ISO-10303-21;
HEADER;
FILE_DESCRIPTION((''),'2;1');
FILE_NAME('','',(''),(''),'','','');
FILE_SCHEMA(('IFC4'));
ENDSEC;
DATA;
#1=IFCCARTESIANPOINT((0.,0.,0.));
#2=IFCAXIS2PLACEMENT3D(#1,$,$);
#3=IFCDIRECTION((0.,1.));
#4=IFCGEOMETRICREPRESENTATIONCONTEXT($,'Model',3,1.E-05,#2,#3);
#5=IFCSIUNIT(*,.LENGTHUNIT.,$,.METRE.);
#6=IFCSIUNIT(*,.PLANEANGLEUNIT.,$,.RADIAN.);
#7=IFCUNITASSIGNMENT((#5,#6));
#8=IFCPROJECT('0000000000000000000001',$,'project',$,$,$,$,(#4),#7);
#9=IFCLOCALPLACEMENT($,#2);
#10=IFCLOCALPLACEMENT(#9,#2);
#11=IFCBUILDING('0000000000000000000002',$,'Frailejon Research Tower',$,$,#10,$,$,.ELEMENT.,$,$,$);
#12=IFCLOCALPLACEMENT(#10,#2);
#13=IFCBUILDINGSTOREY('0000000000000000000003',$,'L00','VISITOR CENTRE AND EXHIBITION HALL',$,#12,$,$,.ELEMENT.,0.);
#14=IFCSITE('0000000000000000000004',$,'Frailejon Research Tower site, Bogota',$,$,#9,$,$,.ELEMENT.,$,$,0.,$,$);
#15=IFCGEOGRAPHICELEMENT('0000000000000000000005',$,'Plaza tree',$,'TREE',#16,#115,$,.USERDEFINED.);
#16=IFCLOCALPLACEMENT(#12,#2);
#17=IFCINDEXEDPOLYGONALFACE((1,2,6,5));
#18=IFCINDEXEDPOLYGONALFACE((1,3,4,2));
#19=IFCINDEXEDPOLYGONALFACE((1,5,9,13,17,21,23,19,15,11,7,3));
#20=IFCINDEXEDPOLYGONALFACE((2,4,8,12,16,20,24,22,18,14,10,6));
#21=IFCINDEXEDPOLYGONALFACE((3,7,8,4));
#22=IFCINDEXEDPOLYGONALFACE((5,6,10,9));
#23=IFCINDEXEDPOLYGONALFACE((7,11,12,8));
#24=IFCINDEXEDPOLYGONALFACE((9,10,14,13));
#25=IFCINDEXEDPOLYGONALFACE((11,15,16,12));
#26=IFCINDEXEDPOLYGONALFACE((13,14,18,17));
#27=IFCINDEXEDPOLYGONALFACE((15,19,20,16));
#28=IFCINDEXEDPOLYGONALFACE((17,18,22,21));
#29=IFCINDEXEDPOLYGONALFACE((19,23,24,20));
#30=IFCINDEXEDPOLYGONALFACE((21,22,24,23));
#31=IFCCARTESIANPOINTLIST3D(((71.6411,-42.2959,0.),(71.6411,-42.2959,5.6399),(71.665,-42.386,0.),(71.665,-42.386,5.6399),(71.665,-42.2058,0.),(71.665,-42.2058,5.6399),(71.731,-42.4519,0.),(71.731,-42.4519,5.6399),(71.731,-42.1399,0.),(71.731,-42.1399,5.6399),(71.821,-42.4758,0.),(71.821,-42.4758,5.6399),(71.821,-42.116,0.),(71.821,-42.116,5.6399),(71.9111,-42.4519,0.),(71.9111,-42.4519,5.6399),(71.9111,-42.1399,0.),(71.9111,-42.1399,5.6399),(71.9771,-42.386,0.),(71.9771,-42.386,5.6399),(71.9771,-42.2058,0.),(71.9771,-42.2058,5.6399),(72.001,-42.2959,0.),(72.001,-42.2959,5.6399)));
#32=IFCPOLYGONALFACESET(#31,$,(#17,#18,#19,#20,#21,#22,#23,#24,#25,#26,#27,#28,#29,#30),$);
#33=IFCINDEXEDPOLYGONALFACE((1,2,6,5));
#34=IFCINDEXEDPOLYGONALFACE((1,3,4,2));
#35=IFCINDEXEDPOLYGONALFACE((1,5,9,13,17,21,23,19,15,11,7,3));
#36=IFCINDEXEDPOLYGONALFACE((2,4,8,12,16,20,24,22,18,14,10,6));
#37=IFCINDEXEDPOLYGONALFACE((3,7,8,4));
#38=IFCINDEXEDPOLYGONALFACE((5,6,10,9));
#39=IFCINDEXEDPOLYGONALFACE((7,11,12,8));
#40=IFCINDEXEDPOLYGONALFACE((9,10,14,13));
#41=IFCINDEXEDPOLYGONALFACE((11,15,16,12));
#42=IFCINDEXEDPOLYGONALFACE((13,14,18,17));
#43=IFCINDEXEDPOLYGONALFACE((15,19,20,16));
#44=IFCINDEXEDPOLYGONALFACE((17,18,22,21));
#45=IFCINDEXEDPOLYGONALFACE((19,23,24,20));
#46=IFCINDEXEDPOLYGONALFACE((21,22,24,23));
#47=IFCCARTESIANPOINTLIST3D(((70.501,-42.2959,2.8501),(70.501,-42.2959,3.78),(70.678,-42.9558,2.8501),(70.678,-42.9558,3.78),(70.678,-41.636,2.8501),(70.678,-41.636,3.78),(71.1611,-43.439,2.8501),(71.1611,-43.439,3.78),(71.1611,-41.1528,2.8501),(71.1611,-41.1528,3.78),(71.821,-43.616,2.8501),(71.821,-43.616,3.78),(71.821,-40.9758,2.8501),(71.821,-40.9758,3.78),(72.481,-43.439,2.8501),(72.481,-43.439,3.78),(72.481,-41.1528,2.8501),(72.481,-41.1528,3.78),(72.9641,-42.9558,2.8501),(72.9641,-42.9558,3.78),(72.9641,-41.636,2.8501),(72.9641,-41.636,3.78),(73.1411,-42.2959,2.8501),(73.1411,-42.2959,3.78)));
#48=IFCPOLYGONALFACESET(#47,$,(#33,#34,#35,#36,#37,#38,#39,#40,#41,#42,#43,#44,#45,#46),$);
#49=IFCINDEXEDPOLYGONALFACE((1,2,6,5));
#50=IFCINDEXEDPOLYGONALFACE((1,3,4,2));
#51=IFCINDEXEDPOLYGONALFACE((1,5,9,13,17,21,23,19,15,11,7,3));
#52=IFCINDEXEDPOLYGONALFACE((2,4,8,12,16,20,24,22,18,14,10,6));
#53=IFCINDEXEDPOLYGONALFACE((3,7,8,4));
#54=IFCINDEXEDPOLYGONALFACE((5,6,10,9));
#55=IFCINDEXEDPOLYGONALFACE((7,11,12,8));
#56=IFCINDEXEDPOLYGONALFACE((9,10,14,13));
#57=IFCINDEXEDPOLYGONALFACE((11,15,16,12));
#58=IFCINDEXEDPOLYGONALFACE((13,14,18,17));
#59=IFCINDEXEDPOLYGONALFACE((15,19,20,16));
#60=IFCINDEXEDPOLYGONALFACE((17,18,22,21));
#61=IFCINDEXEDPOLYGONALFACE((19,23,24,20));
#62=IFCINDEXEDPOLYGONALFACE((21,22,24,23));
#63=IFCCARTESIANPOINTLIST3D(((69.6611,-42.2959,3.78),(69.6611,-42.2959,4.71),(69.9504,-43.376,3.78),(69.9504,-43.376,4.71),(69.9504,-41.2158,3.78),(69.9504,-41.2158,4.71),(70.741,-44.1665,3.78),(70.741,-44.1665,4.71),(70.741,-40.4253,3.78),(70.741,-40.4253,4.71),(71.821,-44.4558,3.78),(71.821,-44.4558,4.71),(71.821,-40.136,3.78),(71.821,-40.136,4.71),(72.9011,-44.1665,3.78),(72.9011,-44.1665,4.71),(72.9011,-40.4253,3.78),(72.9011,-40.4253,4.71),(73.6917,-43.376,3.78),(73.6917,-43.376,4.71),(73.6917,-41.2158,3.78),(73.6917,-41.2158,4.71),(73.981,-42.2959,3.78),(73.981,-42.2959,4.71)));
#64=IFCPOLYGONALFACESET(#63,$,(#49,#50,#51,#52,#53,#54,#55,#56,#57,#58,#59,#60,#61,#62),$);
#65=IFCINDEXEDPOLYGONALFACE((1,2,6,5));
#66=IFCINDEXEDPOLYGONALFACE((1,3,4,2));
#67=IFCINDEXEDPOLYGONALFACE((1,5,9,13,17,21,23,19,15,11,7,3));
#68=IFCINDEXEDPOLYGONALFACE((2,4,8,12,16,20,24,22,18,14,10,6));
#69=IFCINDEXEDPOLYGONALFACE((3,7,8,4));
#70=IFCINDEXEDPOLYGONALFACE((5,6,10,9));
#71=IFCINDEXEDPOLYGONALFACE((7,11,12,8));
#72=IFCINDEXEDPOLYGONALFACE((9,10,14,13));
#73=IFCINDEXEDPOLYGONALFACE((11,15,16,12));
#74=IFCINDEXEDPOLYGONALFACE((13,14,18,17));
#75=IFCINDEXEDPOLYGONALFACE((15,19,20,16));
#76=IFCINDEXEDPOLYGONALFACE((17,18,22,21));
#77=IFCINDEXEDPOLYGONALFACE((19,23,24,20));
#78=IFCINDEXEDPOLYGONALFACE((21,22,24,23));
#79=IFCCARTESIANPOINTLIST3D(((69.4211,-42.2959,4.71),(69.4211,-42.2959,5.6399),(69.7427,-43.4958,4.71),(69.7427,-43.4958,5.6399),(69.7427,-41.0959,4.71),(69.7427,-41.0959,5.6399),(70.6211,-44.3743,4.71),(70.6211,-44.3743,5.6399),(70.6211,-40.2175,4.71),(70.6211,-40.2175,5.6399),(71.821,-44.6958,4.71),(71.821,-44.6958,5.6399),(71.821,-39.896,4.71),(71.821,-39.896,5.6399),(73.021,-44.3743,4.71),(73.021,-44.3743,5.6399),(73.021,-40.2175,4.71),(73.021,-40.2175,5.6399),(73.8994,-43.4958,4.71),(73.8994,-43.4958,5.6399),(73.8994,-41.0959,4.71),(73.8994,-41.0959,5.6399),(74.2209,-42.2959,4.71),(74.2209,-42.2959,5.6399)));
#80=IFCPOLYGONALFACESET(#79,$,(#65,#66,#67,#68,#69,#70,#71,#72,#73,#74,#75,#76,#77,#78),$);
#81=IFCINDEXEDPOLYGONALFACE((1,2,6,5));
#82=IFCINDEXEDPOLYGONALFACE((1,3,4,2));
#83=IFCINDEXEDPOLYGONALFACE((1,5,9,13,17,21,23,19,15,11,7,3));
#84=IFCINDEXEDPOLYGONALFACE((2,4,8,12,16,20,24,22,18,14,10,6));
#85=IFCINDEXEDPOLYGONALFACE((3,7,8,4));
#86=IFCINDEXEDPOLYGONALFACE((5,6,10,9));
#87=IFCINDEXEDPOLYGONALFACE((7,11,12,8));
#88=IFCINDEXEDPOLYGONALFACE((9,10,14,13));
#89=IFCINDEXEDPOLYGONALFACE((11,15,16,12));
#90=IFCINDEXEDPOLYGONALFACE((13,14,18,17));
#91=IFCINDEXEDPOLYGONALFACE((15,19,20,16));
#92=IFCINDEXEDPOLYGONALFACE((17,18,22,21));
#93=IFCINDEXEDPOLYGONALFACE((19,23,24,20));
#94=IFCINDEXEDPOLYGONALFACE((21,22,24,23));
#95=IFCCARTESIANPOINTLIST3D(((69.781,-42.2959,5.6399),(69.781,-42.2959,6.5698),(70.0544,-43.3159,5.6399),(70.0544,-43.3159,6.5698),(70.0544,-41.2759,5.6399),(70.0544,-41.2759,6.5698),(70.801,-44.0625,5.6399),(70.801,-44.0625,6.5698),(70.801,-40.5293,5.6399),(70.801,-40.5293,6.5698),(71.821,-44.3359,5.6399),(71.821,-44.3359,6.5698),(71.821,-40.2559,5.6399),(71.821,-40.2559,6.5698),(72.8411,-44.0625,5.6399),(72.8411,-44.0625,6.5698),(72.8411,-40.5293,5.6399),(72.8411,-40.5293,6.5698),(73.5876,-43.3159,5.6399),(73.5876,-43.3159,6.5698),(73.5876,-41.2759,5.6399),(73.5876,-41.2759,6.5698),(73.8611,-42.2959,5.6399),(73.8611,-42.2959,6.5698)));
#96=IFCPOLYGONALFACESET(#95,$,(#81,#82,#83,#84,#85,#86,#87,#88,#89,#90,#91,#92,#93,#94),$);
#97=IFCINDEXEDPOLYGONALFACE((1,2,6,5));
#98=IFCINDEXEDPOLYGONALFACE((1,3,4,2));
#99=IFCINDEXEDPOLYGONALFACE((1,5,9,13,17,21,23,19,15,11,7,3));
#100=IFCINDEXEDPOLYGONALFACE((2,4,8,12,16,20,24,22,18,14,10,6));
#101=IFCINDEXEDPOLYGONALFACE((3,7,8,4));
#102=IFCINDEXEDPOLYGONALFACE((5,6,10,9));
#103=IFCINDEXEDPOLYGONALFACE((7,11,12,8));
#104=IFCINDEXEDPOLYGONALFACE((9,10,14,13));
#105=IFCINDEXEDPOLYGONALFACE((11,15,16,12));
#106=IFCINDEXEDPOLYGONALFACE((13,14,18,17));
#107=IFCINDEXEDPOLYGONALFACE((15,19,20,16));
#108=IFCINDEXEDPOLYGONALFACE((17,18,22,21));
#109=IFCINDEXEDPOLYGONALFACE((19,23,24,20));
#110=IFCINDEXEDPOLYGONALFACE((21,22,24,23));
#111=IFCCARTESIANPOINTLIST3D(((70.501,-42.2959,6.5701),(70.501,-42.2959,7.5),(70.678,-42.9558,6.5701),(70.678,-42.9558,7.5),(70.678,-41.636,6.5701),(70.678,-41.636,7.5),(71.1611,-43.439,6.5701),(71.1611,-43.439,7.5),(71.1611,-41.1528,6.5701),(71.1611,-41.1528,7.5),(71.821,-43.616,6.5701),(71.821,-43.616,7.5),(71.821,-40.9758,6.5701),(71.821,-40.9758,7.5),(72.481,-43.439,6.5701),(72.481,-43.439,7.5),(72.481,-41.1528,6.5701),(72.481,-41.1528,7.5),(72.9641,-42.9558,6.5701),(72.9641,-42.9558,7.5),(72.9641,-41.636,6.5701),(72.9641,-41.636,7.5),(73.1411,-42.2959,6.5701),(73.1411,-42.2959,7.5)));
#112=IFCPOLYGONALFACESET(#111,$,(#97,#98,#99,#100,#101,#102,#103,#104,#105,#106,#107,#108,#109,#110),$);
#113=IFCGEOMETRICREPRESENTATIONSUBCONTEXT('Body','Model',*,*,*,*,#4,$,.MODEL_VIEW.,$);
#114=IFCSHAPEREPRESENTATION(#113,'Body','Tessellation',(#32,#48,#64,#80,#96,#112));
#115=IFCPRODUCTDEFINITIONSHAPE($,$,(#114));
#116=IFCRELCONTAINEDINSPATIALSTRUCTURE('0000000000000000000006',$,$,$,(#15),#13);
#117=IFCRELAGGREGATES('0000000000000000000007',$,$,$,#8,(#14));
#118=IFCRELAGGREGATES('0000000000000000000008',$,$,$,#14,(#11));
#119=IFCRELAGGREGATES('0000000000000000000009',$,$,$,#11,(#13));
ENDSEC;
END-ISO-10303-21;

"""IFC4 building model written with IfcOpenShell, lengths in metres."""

from ifc_helpers import new_model, si_unit, direction, frame, origin, place, context, subcontext, project, spatial, polyline, outline, extrude, element, save


model = new_model("IFC4")

# Units and contexts
model_context = context("Model", 3, precision=1e-05, world=origin(), true_north=direction((0.0, 1.0)))
body_context = subcontext(model_context, "Body", "Model", "MODEL_VIEW")
ifc_project = project(units=[si_unit("LENGTHUNIT", "METRE"), si_unit("PLANEANGLEUNIT", "RADIAN")], contexts=[model_context])

# Site, building, storey
site_placement = place(None, origin())
site = spatial("IfcSite", under=ifc_project, at=site_placement, Name="Frailejon Research Tower site, Bogota", CompositionType="ELEMENT", RefElevation=0.0)
building_placement = place(site_placement, origin())
building = spatial("IfcBuilding", under=site, at=building_placement, Name="Frailejon Research Tower", CompositionType="ELEMENT")
storey_placement = place(building_placement, origin())
storey = spatial("IfcBuildingStorey", under=building, at=storey_placement, Name="L00", Description="VISITOR CENTRE AND EXHIBITION HALL", CompositionType="ELEMENT", Elevation=0.0)

# Geographic element
geographic_element_1_placement = place(storey_placement, frame((71.821, -42.2959, 0.0)))
element("IfcGeographicElement", 1, at=geographic_element_1_placement, inside=storey, Name="Plaza tree", ObjectType="TREE", PredefinedType="USERDEFINED", context=body_context, shape_type="SweptSolid", body=[
    extrude(outline(polyline([(0.1799, 0.0), (0.156, 0.0901), (0.0901, 0.156), (0.0, 0.1799), (-0.0901, 0.156), (-0.156, 0.0901), (-0.1799, 0.0), (-0.156, -0.0901), (-0.0901, -0.156), (0.0, -0.1799), (0.0901, -0.156), (0.156, -0.0901), (0.1799, 0.0)])), origin(), (0.0, 0.0, 1.0), 5.6399),
    extrude(outline(polyline([(1.3201, 0.0), (1.1431, 0.6599), (0.6599, 1.1431), (0.0, 1.3201), (-0.6599, 1.1431), (-1.1431, 0.6599), (-1.3201, 0.0), (-1.1431, -0.6599), (-0.6599, -1.1431), (0.0, -1.3201), (0.6599, -1.1431), (1.1431, -0.6599), (1.3201, 0.0)])), frame((0.0, 0.0, 2.8501)), (0.0, 0.0, 1.0), 0.9299),
    extrude(outline(polyline([(2.1599, 0.0), (1.8706, 1.0801), (1.0801, 1.8706), (0.0, 2.1599), (-1.0801, 1.8706), (-1.8706, 1.0801), (-2.1599, 0.0), (-1.8706, -1.0801), (-1.0801, -1.8706), (0.0, -2.1599), (1.0801, -1.8706), (1.8706, -1.0801), (2.1599, 0.0)])), frame((0.0, 0.0, 3.78)), (0.0, 0.0, 1.0), 0.9299),
    extrude(outline(polyline([(2.3999, 0.0), (2.0784, 1.2), (1.2, 2.0784), (0.0, 2.3999), (-1.2, 2.0784), (-2.0784, 1.2), (-2.3999, 0.0), (-2.0784, -1.2), (-1.2, -2.0784), (0.0, -2.3999), (1.2, -2.0784), (2.0784, -1.2), (2.3999, 0.0)])), frame((0.0, 0.0, 4.71)), (0.0, 0.0, 1.0), 0.9299),
    extrude(outline(polyline([(2.04, 0.0), (1.7666, 1.02), (1.02, 1.7666), (0.0, 2.04), (-1.02, 1.7666), (-1.7666, 1.02), (-2.04, 0.0), (-1.7666, -1.02), (-1.02, -1.7666), (0.0, -2.04), (1.02, -1.7666), (1.7666, -1.02), (2.04, 0.0)])), frame((0.0, 0.0, 5.6399)), (0.0, 0.0, 1.0), 0.9299),
    extrude(outline(polyline([(1.3201, 0.0), (1.1431, 0.6599), (0.6599, 1.1431), (0.0, 1.3201), (-0.6599, 1.1431), (-1.1431, 0.6599), (-1.3201, 0.0), (-1.1431, -0.6599), (-0.6599, -1.1431), (0.0, -1.3201), (0.6599, -1.1431), (1.1431, -0.6599), (1.3201, 0.0)])), frame((0.0, 0.0, 6.5701)), (0.0, 0.0, 1.0), 0.9299),
])

save(model, "model.ifc")
